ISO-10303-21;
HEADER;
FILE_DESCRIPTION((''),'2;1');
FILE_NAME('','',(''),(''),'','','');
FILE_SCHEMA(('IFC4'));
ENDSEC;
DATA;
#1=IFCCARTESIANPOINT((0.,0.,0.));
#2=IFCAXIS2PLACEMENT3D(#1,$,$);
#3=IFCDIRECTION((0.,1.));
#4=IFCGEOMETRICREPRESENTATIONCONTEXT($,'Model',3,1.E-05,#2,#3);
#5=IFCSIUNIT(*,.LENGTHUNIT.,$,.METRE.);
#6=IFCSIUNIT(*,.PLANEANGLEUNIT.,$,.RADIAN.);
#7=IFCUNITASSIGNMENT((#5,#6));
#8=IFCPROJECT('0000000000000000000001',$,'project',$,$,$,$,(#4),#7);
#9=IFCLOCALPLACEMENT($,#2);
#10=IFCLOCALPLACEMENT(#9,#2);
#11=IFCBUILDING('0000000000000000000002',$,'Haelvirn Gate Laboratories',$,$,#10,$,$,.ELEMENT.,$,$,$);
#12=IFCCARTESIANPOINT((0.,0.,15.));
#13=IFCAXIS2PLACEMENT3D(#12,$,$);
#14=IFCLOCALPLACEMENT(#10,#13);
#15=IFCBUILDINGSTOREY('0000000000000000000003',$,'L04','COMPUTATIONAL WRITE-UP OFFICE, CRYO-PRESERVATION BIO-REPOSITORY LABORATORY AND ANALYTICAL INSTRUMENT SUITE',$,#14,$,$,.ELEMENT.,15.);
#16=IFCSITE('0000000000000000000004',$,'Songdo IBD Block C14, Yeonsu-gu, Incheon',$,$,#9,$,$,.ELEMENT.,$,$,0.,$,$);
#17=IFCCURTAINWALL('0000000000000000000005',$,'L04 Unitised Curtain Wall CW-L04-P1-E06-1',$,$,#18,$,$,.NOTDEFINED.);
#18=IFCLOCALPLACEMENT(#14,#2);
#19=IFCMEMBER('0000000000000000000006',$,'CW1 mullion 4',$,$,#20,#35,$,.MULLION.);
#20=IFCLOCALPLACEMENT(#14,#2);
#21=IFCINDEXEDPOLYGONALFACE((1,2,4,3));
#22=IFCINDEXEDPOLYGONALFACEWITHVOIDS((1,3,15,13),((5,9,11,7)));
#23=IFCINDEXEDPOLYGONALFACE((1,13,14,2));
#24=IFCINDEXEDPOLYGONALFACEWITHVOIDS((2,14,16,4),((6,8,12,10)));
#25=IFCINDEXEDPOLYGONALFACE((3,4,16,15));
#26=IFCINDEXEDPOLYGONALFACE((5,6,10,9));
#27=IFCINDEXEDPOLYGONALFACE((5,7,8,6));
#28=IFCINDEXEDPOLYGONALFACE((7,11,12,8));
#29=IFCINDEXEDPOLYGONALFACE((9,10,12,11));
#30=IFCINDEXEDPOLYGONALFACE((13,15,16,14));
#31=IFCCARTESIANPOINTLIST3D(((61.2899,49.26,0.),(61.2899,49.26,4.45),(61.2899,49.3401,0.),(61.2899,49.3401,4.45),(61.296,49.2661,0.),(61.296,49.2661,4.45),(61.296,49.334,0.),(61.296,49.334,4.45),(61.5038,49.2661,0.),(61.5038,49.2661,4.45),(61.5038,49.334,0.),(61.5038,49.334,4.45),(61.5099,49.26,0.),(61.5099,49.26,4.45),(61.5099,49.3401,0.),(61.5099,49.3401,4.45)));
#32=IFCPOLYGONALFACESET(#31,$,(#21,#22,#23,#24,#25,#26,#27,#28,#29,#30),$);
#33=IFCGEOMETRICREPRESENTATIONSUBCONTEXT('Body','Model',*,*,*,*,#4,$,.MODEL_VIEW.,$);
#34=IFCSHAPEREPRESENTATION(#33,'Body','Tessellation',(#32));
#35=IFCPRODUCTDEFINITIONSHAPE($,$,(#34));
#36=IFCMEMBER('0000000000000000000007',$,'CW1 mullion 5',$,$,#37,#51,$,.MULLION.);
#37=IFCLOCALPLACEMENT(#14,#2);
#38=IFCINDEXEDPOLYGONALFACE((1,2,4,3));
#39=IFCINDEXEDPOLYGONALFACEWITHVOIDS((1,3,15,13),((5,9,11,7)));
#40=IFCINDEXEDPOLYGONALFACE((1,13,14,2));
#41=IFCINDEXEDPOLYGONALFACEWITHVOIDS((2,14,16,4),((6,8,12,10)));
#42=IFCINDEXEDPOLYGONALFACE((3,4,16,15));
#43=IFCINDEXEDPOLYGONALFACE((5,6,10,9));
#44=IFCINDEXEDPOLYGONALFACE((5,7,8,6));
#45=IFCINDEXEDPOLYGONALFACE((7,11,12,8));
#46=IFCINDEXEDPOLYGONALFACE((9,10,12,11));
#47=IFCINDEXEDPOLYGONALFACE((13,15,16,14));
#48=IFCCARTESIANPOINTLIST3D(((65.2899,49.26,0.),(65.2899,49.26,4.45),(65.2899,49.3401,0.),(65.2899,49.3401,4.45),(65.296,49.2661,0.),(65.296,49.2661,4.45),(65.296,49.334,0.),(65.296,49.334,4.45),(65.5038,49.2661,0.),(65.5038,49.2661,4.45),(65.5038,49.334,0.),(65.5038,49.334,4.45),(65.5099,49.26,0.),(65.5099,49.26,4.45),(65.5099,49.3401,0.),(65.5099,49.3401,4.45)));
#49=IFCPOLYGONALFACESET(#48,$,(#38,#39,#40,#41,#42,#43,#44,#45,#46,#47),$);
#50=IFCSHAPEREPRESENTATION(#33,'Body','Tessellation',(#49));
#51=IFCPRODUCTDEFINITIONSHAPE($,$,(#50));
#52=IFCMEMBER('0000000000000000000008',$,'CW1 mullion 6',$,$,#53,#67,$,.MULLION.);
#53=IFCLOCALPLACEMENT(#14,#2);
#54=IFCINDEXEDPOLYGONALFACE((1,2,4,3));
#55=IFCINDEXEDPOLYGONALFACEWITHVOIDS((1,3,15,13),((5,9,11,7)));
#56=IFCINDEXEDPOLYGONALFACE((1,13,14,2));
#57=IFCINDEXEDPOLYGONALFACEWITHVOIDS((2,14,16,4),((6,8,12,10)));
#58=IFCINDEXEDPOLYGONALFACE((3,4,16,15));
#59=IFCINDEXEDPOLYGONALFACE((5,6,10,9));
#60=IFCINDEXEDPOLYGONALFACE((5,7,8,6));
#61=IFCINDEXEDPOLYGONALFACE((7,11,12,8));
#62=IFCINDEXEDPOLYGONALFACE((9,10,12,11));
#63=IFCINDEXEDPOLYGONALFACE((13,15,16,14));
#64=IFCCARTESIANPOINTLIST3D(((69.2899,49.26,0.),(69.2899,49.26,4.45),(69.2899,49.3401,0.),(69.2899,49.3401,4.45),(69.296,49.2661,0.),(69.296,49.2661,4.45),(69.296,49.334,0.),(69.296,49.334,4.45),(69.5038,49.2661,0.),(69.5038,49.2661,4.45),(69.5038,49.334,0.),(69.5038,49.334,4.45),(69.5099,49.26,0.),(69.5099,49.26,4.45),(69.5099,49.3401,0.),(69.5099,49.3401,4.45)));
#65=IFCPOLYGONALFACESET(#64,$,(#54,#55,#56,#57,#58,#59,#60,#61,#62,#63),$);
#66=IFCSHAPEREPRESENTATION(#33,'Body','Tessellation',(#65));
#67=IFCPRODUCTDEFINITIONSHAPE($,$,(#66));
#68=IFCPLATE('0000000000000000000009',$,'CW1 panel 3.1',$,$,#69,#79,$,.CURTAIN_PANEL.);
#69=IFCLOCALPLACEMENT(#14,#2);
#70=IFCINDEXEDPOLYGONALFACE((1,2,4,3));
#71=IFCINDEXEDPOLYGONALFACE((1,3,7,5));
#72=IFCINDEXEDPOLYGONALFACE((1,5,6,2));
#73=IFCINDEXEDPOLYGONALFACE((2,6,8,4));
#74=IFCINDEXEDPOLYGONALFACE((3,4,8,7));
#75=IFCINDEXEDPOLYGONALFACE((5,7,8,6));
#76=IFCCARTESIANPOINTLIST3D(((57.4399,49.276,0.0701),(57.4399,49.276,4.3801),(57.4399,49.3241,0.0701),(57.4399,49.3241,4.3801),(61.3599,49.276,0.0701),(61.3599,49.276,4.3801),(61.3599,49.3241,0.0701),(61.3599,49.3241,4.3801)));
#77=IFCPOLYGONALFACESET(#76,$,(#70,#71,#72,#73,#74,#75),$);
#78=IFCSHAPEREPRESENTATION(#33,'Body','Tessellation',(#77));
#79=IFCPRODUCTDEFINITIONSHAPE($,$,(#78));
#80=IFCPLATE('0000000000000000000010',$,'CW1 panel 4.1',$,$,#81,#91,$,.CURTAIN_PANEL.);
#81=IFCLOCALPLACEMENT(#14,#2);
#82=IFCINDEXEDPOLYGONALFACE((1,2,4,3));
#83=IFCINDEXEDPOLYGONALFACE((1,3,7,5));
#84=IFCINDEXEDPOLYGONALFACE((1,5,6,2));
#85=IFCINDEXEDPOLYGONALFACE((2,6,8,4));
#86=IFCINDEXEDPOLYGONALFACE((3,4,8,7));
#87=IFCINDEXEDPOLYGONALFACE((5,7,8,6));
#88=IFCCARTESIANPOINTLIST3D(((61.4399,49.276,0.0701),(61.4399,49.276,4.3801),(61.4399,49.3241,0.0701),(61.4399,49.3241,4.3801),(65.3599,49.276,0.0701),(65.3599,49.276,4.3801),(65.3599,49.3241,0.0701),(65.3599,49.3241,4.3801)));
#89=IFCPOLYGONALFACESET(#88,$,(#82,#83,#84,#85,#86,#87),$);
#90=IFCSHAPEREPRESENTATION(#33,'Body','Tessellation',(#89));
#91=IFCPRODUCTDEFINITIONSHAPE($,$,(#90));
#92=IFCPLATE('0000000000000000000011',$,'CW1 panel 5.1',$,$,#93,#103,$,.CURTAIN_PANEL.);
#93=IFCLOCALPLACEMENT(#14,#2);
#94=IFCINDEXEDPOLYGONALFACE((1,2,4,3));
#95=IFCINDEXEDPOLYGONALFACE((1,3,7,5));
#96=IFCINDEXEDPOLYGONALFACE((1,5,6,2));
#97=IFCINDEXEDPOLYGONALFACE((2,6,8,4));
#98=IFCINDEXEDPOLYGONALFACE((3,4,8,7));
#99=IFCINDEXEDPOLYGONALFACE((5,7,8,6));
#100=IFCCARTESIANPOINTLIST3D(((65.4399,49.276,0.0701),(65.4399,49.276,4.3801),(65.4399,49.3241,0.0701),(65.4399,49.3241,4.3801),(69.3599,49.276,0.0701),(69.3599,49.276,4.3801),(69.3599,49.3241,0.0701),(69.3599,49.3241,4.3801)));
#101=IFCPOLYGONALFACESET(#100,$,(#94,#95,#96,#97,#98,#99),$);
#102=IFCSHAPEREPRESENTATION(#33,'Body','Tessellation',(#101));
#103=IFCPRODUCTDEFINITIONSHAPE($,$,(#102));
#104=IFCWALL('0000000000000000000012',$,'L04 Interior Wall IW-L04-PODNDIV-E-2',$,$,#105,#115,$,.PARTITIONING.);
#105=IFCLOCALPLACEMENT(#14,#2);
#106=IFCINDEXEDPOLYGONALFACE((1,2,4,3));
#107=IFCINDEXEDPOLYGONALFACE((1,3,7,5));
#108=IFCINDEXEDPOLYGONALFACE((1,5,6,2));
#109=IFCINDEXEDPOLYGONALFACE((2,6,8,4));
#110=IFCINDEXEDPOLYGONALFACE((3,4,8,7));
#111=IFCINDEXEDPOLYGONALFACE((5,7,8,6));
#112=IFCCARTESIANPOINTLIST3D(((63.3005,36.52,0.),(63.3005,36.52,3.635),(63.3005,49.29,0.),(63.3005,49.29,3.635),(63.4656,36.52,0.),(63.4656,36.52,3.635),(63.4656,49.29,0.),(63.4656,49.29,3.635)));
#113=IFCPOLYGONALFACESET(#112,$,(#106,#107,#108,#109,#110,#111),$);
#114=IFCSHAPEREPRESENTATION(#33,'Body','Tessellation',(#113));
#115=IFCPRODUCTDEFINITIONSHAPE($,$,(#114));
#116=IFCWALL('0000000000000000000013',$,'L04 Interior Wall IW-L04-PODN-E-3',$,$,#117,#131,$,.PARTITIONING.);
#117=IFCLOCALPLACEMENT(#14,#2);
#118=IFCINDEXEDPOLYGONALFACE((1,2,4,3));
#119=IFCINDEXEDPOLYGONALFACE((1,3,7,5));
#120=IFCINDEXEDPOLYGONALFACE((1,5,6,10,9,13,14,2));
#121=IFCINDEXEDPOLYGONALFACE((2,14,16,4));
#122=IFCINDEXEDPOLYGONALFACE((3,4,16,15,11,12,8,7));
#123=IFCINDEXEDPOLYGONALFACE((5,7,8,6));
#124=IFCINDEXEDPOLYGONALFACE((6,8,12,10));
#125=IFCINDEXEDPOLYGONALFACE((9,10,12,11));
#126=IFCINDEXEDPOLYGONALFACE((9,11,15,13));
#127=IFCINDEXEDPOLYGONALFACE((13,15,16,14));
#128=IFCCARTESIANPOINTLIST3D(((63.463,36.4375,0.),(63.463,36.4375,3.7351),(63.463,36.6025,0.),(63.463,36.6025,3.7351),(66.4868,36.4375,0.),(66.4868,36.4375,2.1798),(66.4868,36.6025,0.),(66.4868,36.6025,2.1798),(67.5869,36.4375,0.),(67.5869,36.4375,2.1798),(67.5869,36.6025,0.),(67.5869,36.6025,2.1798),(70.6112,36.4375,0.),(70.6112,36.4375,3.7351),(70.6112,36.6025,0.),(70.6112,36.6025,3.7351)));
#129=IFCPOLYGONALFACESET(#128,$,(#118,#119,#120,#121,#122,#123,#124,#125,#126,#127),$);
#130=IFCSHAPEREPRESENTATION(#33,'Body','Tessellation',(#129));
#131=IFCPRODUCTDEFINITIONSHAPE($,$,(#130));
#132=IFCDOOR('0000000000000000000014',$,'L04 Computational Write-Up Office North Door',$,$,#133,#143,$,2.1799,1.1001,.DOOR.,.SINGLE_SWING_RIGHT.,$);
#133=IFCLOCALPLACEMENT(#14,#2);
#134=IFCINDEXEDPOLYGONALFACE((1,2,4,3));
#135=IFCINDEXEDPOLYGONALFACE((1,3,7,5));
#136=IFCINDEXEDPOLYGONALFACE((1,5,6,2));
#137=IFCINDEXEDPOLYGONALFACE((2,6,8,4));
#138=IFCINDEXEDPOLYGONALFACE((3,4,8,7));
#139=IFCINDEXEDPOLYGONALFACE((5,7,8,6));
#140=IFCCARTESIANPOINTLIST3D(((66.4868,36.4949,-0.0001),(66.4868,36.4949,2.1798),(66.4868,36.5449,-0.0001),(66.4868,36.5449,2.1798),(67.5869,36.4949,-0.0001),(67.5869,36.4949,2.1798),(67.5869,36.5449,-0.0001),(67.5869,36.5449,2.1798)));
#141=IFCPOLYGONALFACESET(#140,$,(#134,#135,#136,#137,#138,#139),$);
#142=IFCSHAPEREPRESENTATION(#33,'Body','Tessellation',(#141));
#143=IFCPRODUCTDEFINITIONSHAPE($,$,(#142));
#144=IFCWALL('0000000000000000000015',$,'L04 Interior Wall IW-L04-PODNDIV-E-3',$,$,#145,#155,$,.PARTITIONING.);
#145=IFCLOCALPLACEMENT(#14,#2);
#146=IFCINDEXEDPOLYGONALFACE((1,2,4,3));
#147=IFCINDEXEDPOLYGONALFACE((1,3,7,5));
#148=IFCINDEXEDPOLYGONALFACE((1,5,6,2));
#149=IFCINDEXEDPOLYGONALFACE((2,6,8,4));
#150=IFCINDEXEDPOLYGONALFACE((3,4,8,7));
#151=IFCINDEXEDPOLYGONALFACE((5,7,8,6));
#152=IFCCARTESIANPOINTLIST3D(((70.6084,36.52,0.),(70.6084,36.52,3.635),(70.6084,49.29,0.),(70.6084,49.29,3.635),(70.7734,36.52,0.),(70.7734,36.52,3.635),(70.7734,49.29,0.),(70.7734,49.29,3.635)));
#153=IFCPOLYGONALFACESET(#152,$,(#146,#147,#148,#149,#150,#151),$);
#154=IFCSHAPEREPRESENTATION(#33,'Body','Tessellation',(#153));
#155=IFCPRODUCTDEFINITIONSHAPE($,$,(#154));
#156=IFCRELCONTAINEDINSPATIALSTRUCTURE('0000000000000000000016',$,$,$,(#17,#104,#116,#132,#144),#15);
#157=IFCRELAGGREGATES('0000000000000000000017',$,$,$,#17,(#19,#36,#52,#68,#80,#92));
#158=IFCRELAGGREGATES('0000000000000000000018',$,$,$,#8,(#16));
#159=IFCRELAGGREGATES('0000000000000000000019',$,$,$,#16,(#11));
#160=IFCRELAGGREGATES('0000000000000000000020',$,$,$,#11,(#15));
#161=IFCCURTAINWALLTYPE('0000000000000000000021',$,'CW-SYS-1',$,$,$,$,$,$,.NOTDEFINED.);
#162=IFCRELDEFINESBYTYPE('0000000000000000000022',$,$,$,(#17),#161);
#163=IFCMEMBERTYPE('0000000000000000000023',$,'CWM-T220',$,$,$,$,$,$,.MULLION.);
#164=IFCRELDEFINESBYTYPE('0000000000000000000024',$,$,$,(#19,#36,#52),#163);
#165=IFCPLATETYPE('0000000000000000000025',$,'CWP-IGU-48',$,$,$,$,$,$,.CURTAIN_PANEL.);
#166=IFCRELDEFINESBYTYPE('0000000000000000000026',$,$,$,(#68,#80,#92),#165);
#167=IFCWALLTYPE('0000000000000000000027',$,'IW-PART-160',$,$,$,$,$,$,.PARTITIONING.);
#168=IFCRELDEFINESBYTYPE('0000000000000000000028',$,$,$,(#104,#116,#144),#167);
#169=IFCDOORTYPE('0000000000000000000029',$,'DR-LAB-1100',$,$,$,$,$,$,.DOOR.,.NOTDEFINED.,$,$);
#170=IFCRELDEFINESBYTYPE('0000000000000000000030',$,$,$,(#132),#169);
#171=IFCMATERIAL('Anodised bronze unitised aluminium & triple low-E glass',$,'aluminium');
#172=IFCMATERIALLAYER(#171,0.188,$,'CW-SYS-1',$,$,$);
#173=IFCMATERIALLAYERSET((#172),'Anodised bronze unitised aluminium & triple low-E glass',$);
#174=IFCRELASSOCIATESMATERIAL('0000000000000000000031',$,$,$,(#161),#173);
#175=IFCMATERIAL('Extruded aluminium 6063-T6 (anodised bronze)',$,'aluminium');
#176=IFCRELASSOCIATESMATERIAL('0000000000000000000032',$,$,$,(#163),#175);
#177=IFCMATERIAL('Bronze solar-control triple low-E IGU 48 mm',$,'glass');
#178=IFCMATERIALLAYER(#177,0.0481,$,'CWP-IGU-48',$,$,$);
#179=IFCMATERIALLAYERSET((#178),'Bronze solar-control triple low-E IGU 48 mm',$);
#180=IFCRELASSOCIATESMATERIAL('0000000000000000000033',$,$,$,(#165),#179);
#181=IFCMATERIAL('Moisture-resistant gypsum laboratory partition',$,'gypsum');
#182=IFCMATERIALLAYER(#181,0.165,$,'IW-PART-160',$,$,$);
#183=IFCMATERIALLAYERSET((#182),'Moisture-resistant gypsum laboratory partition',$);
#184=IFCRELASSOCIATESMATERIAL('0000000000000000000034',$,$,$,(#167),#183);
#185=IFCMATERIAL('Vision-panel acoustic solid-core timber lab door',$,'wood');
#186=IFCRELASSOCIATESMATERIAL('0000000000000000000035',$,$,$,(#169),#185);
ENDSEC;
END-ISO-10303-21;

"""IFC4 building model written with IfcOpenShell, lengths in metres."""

from ifc_helpers import new_model, si_unit, direction, frame, frame_2d, origin, origin_2d, place, context, subcontext, project, spatial, rectangle, hollow_rectangle, extrude, source, transform, mapped, material, layer, layer_set, material_profile, profile_set, type_object, type_shapes, element, fill, aggregate, save


model = new_model("IFC4")

# Units and contexts
model_context = context("Model", 3, precision=1e-05, world=origin(), true_north=direction((0.0, 1.0)))
body_context = subcontext(model_context, "Body", "Model", "MODEL_VIEW")
ifc_project = project(units=[si_unit("LENGTHUNIT", "METRE"), si_unit("PLANEANGLEUNIT", "RADIAN")], contexts=[model_context])

# Site, building, storey
site_placement = place(None, origin())
site = spatial("IfcSite", under=ifc_project, at=site_placement, Name="Songdo IBD Block C14, Yeonsu-gu, Incheon", CompositionType="ELEMENT", RefElevation=0.0)
building_placement = place(site_placement, origin())
building = spatial("IfcBuilding", under=site, at=building_placement, Name="Haelvirn Gate Laboratories", CompositionType="ELEMENT")
storey_placement = place(building_placement, frame((0.0, 0.0, 15.0)))
storey = spatial("IfcBuildingStorey", under=building, at=storey_placement, Name="L04", Description="COMPUTATIONAL WRITE-UP OFFICE, CRYO-PRESERVATION BIO-REPOSITORY LABORATORY AND ANALYTICAL INSTRUMENT SUITE", CompositionType="ELEMENT", Elevation=15.0)

# Curtain wall, members, plates
ifc_material_1 = material(Name="Anodised bronze unitised aluminium & triple low-E glass", Category="aluminium")
ifc_layer_1 = layer(ifc_material_1, 0.188, Name="CW-SYS-1")
ifc_layer_set_1 = layer_set([ifc_layer_1], Name="Anodised bronze unitised aluminium & triple low-E glass")
curtain_wall_type = type_object("IfcCurtainWallType", Name="CW-SYS-1", PredefinedType="NOTDEFINED", material=ifc_layer_set_1)
curtain_wall_placement = place(storey_placement, origin())
curtain_wall = element("IfcCurtainWall", 1, at=curtain_wall_placement, inside=storey, type_object=curtain_wall_type, Name="L04 Unitised Curtain Wall CW-L04-P1-E06-1", PredefinedType="NOTDEFINED")
ifc_material_2 = material(Name="Extruded aluminium 6063-T6 (anodised bronze)", Category="aluminium")
ifc_material_profile_1 = material_profile(ifc_material_2, hollow_rectangle(XDim=0.0801, YDim=0.22, WallThickness=0.0061, at=origin_2d()), Name="CWM-220x80x6")
ifc_profile_set_1 = profile_set([ifc_material_profile_1], Name="Extruded aluminium 6063-T6 (anodised bronze)")
member_type_1 = type_object("IfcMemberType", Name="CWM-T220", PredefinedType="MULLION", material=ifc_profile_set_1)
shared_shape_1 = source(origin(), body_context, "Body", "SweptSolid", [
    extrude(hollow_rectangle(XDim=0.0801, YDim=0.22, WallThickness=0.0061, at=origin_2d()), origin(), (0.0, 0.0, 1.0), 4.45),
])
type_shapes(member_type_1, [shared_shape_1])
member_1_placement = place(storey_placement, frame((61.3999, 49.3, 0.0), z_axis=(0.0, 0.0, 1.0), x_axis=(0.0, 1.0, 0.0)))
member_1 = element("IfcMember", 2, at=member_1_placement, type_object=member_type_1, Name="CW1 mullion 4", PredefinedType="MULLION", context=body_context, shape_type="MappedRepresentation", body=[
    mapped(shared_shape_1, transform((0.0, 0.0, 0.0), scale=1.0)),
])
member_2_placement = place(storey_placement, frame((65.3999, 49.3, 0.0), z_axis=(0.0, 0.0, 1.0), x_axis=(0.0, 1.0, 0.0)))
member_2 = element("IfcMember", 3, at=member_2_placement, type_object=member_type_1, Name="CW1 mullion 5", PredefinedType="MULLION", context=body_context, shape_type="MappedRepresentation", body=[
    mapped(shared_shape_1, transform((0.0, 0.0, 0.0), scale=1.0)),
])
member_3_placement = place(storey_placement, frame((69.3999, 49.3, 0.0), z_axis=(0.0, 0.0, 1.0), x_axis=(0.0, 1.0, 0.0)))
member_3 = element("IfcMember", 4, at=member_3_placement, type_object=member_type_1, Name="CW1 mullion 6", PredefinedType="MULLION", context=body_context, shape_type="MappedRepresentation", body=[
    mapped(shared_shape_1, transform((0.0, 0.0, 0.0), scale=1.0)),
])
ifc_material_3 = material(Name="Bronze solar-control triple low-E IGU 48 mm", Category="glass")
ifc_layer_2 = layer(ifc_material_3, 0.0481, Name="CWP-IGU-48")
ifc_layer_set_2 = layer_set([ifc_layer_2], Name="Bronze solar-control triple low-E IGU 48 mm")
plate_type = type_object("IfcPlateType", Name="CWP-IGU-48", PredefinedType="CURTAIN_PANEL", material=ifc_layer_set_2)
shared_shape_2 = source(origin(), body_context, "Body", "SweptSolid", [
    extrude(rectangle(XDim=3.9199, YDim=0.0481, at=origin_2d()), origin(), (0.0, 0.0, 1.0), 4.3101),
])
type_shapes(plate_type, [shared_shape_2])
plate_1_placement = place(storey_placement, frame((59.3999, 49.3, 0.0701), z_axis=(0.0, 0.0, 1.0), x_axis=(1.0, 0.0, 0.0)))
plate_1 = element("IfcPlate", 5, at=plate_1_placement, type_object=plate_type, Name="CW1 panel 3.1", PredefinedType="CURTAIN_PANEL", context=body_context, shape_type="MappedRepresentation", body=[
    mapped(shared_shape_2, transform((0.0, 0.0, 0.0), scale=1.0)),
])
plate_2_placement = place(storey_placement, frame((63.3999, 49.3, 0.0701), z_axis=(0.0, 0.0, 1.0), x_axis=(1.0, 0.0, 0.0)))
plate_2 = element("IfcPlate", 6, at=plate_2_placement, type_object=plate_type, Name="CW1 panel 4.1", PredefinedType="CURTAIN_PANEL", context=body_context, shape_type="MappedRepresentation", body=[
    mapped(shared_shape_2, transform((0.0, 0.0, 0.0), scale=1.0)),
])
plate_3_placement = place(storey_placement, frame((67.3999, 49.3, 0.0701), z_axis=(0.0, 0.0, 1.0), x_axis=(1.0, 0.0, 0.0)))
plate_3 = element("IfcPlate", 7, at=plate_3_placement, type_object=plate_type, Name="CW1 panel 5.1", PredefinedType="CURTAIN_PANEL", context=body_context, shape_type="MappedRepresentation", body=[
    mapped(shared_shape_2, transform((0.0, 0.0, 0.0), scale=1.0)),
])
aggregate(curtain_wall, [member_1, member_2, member_3, plate_1, plate_2, plate_3])

# Wall
ifc_material_4 = material(Name="Moisture-resistant gypsum laboratory partition", Category="gypsum")
ifc_layer_3 = layer(ifc_material_4, 0.165, Name="IW-PART-160")
ifc_layer_set_3 = layer_set([ifc_layer_3], Name="Moisture-resistant gypsum laboratory partition")
wall_type = type_object("IfcWallType", Name="IW-PART-160", PredefinedType="PARTITIONING", material=ifc_layer_set_3)
wall_1_placement = place(storey_placement, frame((63.3831, 36.52, 0.0), z_axis=(0.0, 0.0, 1.0), x_axis=(0.0, 1.0, 0.0)))
element("IfcWall", 8, at=wall_1_placement, inside=storey, type_object=wall_type, Name="L04 Interior Wall IW-L04-PODNDIV-E-2", PredefinedType="PARTITIONING", context=body_context, shape_type="SweptSolid", body=[
    extrude(rectangle(XDim=12.77, YDim=0.165, at=frame_2d((6.385, 0.0))), origin(), (0.0, 0.0, 1.0), 3.635),
])

# Wall, opening, door
wall_2_placement = place(storey_placement, frame((63.4629, 36.52, 0.0), z_axis=(0.0, 0.0, 1.0), x_axis=(1.0, 0.0, 0.0)))
wall_2 = element("IfcWall", 9, at=wall_2_placement, inside=storey, type_object=wall_type, Name="L04 Interior Wall IW-L04-PODN-E-3", PredefinedType="PARTITIONING", context=body_context, shape_type="SweptSolid", body=[
    extrude(rectangle(XDim=7.1482, YDim=0.165, at=frame_2d((3.5742, 0.0))), origin(), (0.0, 0.0, 1.0), 3.7351),
])
opening_placement = place(wall_2_placement, frame((3.0239, 0.0, 0.0)))
opening = element("IfcOpeningElement", 10, at=opening_placement, cuts=wall_2, PredefinedType="OPENING", context=body_context, shape_type="SweptSolid", body=[
    extrude(rectangle(XDim=1.1001, YDim=2.1799, at=frame_2d((0.55, 1.0898))), frame((0.0, 0.0925, 0.0), z_axis=(0.0, -1.0, 0.0), x_axis=(1.0, 0.0, 0.0)), (0.0, 0.0, 1.0), 0.1851),
])
ifc_material_5 = material(Name="Vision-panel acoustic solid-core timber lab door", Category="wood")
door_type = type_object("IfcDoorType", Name="DR-LAB-1100", OperationType="NOTDEFINED", PredefinedType="DOOR", material=ifc_material_5)
shared_shape_3 = source(origin(), body_context, "Body", "SweptSolid", [
    extrude(rectangle(XDim=1.1001, YDim=2.1799, at=frame_2d((0.55, 1.0898))), frame((0.0, 0.0249, 0.0), z_axis=(0.0, -1.0, 0.0), x_axis=(1.0, 0.0, 0.0)), (0.0, 0.0, 1.0), 0.05),
])
type_shapes(door_type, [shared_shape_3])
door_placement = place(opening_placement, origin())
door = element("IfcDoor", 11, at=door_placement, inside=storey, type_object=door_type, Name="L04 Computational Write-Up Office North Door", OperationType="SINGLE_SWING_RIGHT", OverallHeight=2.1799, OverallWidth=1.1001, PredefinedType="DOOR", context=body_context, shape_type="MappedRepresentation", body=[
    mapped(shared_shape_3, transform((0.0, 0.0, 0.0), scale=1.0)),
])
fill(opening, door)

# Wall
wall_3_placement = place(storey_placement, frame((70.6909, 36.52, 0.0), z_axis=(0.0, 0.0, 1.0), x_axis=(0.0, 1.0, 0.0)))
element("IfcWall", 12, at=wall_3_placement, inside=storey, type_object=wall_type, Name="L04 Interior Wall IW-L04-PODNDIV-E-3", PredefinedType="PARTITIONING", context=body_context, shape_type="SweptSolid", body=[
    extrude(rectangle(XDim=12.77, YDim=0.165, at=frame_2d((6.385, 0.0))), origin(), (0.0, 0.0, 1.0), 3.635),
])

save(model, "model.ifc")
